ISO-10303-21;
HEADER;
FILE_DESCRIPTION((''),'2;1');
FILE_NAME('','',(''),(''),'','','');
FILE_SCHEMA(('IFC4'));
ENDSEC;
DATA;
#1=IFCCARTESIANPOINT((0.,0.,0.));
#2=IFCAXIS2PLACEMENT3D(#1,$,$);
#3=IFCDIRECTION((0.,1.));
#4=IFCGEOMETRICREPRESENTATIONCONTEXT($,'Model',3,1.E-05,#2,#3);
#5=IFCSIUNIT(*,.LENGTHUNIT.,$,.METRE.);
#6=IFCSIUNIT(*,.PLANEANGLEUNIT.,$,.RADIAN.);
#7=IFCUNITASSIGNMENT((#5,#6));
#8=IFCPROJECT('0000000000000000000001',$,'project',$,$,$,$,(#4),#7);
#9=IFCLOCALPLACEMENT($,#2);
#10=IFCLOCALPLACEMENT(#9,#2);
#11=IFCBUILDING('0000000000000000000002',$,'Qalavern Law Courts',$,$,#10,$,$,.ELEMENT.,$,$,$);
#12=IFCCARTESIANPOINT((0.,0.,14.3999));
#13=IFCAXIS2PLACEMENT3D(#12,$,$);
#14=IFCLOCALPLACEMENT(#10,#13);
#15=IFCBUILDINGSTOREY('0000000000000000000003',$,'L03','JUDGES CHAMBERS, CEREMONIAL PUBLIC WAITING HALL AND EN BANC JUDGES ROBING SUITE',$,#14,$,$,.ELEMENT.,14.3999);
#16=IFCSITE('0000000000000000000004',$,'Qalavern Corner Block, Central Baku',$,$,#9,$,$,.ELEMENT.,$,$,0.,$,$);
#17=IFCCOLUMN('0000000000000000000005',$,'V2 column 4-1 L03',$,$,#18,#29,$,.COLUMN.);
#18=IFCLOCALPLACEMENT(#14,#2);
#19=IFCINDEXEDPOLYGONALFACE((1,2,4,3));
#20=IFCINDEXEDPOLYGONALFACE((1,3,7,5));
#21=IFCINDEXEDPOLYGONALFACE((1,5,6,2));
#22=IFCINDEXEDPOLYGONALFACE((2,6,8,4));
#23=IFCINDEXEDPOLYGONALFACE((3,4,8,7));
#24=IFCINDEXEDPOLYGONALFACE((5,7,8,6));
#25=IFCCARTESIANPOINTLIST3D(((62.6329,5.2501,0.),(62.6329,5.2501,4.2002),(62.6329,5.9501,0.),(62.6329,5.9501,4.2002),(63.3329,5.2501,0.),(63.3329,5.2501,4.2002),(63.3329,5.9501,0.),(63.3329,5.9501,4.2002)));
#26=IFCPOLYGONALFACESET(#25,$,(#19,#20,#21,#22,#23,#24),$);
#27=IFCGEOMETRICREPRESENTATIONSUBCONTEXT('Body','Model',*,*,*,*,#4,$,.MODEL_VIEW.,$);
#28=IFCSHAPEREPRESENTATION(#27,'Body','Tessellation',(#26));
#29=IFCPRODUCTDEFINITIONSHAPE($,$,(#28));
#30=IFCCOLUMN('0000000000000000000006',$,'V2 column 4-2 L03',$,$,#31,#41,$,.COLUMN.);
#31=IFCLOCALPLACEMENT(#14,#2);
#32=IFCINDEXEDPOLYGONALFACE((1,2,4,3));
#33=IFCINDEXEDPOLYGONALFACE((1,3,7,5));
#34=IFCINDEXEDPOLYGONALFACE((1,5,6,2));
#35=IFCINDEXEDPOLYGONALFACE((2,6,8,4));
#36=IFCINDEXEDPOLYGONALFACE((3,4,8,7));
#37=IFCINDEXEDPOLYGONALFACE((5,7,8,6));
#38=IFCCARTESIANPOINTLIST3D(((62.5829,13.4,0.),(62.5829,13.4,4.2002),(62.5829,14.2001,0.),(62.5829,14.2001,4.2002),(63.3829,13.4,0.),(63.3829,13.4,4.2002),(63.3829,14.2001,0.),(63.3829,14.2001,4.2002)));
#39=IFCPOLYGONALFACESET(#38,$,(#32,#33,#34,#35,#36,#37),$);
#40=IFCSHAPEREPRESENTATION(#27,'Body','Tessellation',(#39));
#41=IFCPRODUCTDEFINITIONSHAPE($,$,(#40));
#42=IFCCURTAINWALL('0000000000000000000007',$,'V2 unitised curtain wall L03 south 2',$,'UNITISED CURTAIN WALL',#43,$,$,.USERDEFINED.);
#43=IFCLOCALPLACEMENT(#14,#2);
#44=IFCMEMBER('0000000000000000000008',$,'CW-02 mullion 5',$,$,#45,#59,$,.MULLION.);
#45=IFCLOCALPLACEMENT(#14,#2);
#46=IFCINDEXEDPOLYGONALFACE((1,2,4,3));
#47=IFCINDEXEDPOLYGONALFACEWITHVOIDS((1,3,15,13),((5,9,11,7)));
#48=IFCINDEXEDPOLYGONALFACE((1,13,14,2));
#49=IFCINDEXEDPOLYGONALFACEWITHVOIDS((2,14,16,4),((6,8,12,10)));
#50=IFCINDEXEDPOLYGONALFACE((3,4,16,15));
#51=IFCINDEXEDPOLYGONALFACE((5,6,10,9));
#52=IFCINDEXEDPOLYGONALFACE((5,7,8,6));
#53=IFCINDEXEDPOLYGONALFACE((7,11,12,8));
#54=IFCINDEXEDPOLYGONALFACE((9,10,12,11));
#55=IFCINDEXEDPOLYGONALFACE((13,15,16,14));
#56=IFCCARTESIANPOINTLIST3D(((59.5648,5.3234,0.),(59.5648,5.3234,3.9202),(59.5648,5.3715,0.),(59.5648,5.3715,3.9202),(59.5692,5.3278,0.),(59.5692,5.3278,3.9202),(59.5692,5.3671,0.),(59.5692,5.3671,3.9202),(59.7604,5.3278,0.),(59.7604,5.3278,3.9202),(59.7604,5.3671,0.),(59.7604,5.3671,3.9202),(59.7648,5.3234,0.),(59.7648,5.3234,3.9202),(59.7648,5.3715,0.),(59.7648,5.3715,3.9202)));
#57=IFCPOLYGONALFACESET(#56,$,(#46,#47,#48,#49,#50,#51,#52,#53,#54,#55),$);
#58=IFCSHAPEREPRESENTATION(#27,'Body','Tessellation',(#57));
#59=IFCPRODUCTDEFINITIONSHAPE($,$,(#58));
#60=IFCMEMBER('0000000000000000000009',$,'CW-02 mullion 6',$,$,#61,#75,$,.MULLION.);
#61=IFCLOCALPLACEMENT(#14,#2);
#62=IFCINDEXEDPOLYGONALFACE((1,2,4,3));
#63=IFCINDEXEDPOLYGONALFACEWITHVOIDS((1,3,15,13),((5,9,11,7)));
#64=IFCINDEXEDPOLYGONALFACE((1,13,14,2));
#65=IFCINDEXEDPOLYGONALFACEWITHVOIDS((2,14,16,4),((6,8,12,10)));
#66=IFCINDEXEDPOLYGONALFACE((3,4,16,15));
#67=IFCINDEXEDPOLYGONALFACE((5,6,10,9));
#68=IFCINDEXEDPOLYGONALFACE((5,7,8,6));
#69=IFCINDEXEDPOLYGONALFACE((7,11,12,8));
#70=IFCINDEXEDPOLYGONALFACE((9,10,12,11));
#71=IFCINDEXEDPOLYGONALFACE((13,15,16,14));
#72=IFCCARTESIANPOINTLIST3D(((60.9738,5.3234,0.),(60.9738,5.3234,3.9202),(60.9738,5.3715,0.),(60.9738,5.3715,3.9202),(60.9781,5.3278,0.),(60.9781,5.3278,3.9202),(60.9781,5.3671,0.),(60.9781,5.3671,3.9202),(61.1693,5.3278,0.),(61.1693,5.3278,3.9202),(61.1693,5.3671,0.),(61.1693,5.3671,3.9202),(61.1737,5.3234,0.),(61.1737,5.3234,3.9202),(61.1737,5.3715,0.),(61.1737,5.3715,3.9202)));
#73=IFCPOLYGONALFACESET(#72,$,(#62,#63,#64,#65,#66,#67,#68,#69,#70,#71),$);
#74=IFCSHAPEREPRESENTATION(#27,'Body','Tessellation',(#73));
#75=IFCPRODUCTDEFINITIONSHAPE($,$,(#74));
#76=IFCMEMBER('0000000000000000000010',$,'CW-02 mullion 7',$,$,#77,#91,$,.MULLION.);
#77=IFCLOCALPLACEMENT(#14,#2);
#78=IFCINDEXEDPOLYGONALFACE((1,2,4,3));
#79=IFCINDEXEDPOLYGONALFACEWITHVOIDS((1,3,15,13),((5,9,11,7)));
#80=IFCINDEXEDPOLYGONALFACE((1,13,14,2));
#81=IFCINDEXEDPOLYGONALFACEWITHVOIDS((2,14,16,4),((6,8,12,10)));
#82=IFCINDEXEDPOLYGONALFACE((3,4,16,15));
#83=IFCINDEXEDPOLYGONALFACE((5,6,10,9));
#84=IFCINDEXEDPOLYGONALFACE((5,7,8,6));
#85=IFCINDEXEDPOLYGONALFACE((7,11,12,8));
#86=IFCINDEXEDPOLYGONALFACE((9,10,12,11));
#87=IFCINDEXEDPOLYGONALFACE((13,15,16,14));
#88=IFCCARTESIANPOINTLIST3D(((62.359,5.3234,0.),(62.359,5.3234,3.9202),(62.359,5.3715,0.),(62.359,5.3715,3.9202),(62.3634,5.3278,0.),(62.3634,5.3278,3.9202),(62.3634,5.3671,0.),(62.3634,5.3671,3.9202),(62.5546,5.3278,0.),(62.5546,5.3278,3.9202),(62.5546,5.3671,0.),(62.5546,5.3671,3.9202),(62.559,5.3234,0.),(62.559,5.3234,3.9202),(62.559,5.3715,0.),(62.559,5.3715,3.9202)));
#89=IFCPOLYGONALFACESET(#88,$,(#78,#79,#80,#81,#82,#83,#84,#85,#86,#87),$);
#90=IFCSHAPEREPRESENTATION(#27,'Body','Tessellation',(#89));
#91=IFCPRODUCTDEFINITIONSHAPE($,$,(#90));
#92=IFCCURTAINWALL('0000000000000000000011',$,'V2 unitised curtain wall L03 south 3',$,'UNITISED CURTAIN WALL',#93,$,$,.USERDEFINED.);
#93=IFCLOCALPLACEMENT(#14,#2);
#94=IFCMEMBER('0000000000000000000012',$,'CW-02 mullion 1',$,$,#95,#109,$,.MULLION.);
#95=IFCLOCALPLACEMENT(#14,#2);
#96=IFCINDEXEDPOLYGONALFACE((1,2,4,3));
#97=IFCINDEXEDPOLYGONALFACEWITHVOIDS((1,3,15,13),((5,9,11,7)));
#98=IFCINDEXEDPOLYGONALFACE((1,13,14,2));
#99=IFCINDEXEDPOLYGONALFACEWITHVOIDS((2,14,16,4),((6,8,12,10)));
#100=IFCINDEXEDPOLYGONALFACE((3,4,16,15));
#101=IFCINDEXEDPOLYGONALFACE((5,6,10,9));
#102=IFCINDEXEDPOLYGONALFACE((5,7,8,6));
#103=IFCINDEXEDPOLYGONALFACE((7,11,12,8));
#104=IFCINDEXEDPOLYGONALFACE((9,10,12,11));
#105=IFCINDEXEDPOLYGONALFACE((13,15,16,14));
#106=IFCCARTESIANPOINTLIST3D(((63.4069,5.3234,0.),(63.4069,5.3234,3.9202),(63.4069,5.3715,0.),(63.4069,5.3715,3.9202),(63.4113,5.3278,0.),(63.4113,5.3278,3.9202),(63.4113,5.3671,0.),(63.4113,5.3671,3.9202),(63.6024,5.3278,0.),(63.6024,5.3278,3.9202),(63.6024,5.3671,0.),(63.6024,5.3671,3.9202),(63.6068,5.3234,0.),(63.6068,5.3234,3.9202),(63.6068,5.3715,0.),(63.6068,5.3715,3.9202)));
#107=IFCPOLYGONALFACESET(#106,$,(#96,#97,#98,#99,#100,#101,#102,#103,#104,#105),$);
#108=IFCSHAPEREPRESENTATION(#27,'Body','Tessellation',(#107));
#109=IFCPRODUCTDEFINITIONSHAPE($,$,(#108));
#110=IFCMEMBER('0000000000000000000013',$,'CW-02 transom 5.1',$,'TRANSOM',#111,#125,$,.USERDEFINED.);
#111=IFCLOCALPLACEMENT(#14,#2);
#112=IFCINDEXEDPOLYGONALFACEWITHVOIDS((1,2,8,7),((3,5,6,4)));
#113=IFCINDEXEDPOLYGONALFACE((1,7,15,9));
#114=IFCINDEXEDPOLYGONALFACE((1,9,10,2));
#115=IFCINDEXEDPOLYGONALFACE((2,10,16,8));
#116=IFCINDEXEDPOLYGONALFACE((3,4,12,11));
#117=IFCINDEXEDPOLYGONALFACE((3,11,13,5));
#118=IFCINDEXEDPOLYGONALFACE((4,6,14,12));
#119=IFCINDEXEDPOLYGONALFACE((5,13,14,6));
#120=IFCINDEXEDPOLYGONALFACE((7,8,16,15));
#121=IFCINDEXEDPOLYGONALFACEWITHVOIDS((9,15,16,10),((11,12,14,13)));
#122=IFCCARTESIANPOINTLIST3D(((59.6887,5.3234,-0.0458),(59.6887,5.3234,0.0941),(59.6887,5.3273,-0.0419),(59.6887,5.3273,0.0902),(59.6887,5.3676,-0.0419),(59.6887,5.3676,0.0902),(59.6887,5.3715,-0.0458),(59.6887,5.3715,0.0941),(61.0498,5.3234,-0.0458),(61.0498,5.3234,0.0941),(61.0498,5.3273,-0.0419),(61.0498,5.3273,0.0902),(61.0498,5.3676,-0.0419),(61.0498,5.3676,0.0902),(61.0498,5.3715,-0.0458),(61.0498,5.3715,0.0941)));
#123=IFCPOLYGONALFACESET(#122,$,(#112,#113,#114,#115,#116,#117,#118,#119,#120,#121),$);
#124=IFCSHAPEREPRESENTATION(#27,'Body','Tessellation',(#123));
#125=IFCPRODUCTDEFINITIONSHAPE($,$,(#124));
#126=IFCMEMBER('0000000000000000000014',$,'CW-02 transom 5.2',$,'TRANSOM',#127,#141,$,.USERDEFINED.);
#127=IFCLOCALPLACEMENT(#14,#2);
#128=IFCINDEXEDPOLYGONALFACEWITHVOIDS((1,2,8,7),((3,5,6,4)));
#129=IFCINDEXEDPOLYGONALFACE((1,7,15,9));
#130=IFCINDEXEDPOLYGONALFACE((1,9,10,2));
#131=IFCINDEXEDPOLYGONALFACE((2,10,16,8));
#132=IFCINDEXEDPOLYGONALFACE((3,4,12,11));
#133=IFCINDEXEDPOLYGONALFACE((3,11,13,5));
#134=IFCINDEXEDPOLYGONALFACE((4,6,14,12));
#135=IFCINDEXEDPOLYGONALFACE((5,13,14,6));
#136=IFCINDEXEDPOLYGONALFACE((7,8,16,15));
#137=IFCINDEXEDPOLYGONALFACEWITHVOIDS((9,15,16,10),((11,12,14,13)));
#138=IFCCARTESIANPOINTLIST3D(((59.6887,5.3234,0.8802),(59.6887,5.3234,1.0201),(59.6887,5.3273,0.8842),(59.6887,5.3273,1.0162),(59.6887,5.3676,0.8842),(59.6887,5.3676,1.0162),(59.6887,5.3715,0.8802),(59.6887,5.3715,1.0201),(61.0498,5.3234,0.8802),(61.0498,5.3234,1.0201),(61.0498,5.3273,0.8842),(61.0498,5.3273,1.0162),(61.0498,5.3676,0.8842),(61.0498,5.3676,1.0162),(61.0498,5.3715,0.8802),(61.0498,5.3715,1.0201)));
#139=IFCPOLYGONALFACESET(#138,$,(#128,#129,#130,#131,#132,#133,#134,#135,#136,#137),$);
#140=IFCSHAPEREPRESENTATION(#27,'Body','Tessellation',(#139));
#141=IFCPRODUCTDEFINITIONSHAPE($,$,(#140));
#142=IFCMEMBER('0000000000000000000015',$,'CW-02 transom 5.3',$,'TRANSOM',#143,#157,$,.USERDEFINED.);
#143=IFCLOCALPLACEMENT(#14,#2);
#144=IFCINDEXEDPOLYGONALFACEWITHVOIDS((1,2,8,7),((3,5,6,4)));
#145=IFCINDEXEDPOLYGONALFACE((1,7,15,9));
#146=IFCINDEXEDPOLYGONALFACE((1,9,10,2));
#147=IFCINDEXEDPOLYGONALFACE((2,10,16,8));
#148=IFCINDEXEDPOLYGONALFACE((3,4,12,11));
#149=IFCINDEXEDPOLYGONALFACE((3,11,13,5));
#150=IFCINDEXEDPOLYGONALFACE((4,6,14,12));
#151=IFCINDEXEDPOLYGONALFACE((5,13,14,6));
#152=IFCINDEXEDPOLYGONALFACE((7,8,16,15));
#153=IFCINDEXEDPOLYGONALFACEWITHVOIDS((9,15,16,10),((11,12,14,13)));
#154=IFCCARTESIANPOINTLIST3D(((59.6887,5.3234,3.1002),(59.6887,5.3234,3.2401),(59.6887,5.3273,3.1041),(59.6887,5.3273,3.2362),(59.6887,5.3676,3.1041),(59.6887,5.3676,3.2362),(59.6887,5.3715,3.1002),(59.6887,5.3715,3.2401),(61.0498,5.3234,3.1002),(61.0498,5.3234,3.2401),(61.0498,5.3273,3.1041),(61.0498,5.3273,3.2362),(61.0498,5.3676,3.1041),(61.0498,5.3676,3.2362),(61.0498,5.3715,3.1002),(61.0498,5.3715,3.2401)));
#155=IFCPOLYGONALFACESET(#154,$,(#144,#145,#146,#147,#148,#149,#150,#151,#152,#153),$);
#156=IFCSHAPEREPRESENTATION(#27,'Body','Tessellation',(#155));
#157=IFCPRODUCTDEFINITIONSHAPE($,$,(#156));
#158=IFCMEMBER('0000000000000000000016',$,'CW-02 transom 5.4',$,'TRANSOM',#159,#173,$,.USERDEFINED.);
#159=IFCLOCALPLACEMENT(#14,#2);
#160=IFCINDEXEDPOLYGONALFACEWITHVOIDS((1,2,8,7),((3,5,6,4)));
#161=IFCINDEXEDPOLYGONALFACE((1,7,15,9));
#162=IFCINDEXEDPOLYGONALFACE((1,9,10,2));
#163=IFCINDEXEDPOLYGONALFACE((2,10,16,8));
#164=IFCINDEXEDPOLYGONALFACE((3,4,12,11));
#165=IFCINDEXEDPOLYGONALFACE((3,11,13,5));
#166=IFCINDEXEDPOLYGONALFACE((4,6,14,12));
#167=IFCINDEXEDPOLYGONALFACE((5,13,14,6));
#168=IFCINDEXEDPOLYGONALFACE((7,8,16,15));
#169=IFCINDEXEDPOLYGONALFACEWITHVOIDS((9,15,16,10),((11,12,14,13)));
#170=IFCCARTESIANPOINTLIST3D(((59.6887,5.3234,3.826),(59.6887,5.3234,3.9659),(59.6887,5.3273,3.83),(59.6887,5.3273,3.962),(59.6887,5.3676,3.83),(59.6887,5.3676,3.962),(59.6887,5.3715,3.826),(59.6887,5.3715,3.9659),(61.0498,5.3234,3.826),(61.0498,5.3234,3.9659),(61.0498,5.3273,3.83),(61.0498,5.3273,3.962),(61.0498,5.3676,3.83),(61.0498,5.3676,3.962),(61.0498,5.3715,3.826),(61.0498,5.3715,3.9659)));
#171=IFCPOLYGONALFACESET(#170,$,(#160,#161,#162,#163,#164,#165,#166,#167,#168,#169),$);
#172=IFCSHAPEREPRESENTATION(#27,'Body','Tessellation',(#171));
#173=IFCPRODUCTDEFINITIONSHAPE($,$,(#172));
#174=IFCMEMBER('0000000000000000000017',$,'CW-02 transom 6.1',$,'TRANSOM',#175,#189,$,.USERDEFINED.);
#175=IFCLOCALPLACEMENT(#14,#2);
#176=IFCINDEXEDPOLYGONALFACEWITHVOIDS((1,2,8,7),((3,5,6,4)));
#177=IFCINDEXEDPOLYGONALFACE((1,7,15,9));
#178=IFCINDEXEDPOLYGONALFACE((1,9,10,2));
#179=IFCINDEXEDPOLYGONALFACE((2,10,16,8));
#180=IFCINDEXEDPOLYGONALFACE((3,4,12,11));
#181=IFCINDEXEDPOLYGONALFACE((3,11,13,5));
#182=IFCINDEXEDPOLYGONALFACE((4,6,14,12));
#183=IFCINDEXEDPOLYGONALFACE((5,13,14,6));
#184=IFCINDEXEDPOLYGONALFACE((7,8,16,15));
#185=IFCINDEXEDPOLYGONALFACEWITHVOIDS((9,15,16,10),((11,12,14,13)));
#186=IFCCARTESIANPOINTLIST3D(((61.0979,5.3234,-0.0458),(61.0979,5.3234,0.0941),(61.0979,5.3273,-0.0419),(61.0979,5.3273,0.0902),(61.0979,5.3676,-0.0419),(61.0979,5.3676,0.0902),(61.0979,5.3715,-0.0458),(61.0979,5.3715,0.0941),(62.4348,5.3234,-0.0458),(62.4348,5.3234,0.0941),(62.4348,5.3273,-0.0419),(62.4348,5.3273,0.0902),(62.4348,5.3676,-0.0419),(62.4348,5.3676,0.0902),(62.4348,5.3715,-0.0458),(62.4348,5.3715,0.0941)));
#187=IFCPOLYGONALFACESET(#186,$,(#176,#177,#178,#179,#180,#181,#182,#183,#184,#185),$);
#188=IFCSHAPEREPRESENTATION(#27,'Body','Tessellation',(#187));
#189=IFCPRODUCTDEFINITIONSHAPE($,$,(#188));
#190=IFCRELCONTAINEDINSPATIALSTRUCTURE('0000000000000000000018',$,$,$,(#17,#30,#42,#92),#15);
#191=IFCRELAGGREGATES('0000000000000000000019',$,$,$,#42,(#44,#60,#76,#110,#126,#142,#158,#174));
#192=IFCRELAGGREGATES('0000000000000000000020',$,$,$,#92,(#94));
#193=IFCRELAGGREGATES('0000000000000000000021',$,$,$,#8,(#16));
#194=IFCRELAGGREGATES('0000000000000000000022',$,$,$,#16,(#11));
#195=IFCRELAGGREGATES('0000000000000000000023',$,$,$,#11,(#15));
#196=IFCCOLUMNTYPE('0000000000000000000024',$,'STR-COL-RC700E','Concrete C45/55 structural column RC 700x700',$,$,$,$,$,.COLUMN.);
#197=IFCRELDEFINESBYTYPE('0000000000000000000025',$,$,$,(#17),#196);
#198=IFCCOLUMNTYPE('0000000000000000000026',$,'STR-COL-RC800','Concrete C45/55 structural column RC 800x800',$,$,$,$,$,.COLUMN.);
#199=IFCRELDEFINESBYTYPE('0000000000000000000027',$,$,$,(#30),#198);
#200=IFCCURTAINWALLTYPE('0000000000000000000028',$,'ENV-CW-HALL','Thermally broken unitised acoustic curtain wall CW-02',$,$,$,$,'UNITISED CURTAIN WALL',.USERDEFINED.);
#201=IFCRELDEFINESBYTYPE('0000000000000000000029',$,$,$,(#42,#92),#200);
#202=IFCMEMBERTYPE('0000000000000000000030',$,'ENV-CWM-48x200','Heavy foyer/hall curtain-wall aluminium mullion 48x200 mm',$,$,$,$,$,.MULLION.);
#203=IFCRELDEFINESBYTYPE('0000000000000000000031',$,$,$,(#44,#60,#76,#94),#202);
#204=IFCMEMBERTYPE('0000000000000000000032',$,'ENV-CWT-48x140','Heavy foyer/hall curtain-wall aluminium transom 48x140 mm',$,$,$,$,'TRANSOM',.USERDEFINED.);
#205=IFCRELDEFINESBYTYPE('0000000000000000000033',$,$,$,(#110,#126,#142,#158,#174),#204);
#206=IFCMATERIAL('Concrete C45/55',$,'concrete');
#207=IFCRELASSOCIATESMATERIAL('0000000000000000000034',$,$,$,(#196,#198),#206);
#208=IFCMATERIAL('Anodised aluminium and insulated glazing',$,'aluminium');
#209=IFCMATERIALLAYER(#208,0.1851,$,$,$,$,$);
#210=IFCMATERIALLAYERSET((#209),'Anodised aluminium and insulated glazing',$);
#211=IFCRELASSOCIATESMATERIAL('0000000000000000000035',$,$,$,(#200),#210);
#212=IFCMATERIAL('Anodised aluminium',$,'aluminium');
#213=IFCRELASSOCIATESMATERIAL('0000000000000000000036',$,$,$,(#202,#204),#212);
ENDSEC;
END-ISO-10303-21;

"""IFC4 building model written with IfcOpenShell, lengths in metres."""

from ifc_helpers import new_model, si_unit, direction, frame, origin, origin_2d, place, context, subcontext, project, spatial, rectangle, hollow_rectangle, extrude, material, layer, layer_set, material_profile, profile_set, type_object, element, aggregate, save


model = new_model("IFC4")

# Units and contexts
model_context = context("Model", 3, precision=1e-05, world=origin(), true_north=direction((0.0, 1.0)))
body_context = subcontext(model_context, "Body", "Model", "MODEL_VIEW")
ifc_project = project(units=[si_unit("LENGTHUNIT", "METRE"), si_unit("PLANEANGLEUNIT", "RADIAN")], contexts=[model_context])

# Site, building, storey
site_placement = place(None, origin())
site = spatial("IfcSite", under=ifc_project, at=site_placement, Name="Qalavern Corner Block, Central Baku", CompositionType="ELEMENT", RefElevation=0.0)
building_placement = place(site_placement, origin())
building = spatial("IfcBuilding", under=site, at=building_placement, Name="Qalavern Law Courts", CompositionType="ELEMENT")
storey_placement = place(building_placement, frame((0.0, 0.0, 14.3999)))
storey = spatial("IfcBuildingStorey", under=building, at=storey_placement, Name="L03", Description="JUDGES CHAMBERS, CEREMONIAL PUBLIC WAITING HALL AND EN BANC JUDGES ROBING SUITE", CompositionType="ELEMENT", Elevation=14.3999)

# Columns
ifc_material_1 = material(Name="Concrete C45/55", Category="concrete")
ifc_material_profile_1 = material_profile(ifc_material_1, rectangle(XDim=0.7, YDim=0.7, at=origin_2d()), Name="RC 700x700")
ifc_profile_set_1 = profile_set([ifc_material_profile_1], Name="Concrete C45/55")
column_type_1 = type_object("IfcColumnType", Name="STR-COL-RC700E", Description="Concrete C45/55 structural column RC 700x700", PredefinedType="COLUMN", material=ifc_profile_set_1)
column_1_placement = place(storey_placement, frame((62.9829, 5.6001, 0.0), z_axis=(0.0, 0.0, 1.0), x_axis=(1.0, 0.0, 0.0)))
element("IfcColumn", 1, at=column_1_placement, inside=storey, type_object=column_type_1, Name="V2 column 4-1 L03", PredefinedType="COLUMN", context=body_context, shape_type="SweptSolid", body=[
    extrude(rectangle(XDim=0.7, YDim=0.7, at=origin_2d()), origin(), (0.0, 0.0, 1.0), 4.2002),
])
ifc_material_profile_2 = material_profile(ifc_material_1, rectangle(XDim=0.8, YDim=0.8, at=origin_2d()), Name="RC 800x800")
ifc_profile_set_2 = profile_set([ifc_material_profile_2], Name="Concrete C45/55")
column_type_2 = type_object("IfcColumnType", Name="STR-COL-RC800", Description="Concrete C45/55 structural column RC 800x800", PredefinedType="COLUMN", material=ifc_profile_set_2)
column_2_placement = place(storey_placement, frame((62.9829, 13.8, 0.0), z_axis=(0.0, 0.0, 1.0), x_axis=(1.0, 0.0, 0.0)))
element("IfcColumn", 2, at=column_2_placement, inside=storey, type_object=column_type_2, Name="V2 column 4-2 L03", PredefinedType="COLUMN", context=body_context, shape_type="SweptSolid", body=[
    extrude(rectangle(XDim=0.8, YDim=0.8, at=origin_2d()), origin(), (0.0, 0.0, 1.0), 4.2002),
])

# Curtain wall, members
ifc_material_2 = material(Name="Anodised aluminium and insulated glazing", Category="aluminium")
ifc_layer_1 = layer(ifc_material_2, 0.1851)
ifc_layer_set_1 = layer_set([ifc_layer_1], Name="Anodised aluminium and insulated glazing")
curtain_wall_type = type_object("IfcCurtainWallType", Name="ENV-CW-HALL", Description="Thermally broken unitised acoustic curtain wall CW-02", ElementType="UNITISED CURTAIN WALL", PredefinedType="USERDEFINED", material=ifc_layer_set_1)
curtain_wall_1_placement = place(storey_placement, origin())
curtain_wall_1 = element("IfcCurtainWall", 3, at=curtain_wall_1_placement, inside=storey, type_object=curtain_wall_type, Name="V2 unitised curtain wall L03 south 2", ObjectType="UNITISED CURTAIN WALL", PredefinedType="USERDEFINED")
ifc_material_3 = material(Name="Anodised aluminium", Category="aluminium")
ifc_material_profile_3 = material_profile(ifc_material_3, hollow_rectangle(XDim=0.0481, YDim=0.2, WallThickness=0.0044, at=origin_2d()), Name="ALU MULLION 48x200")
ifc_profile_set_3 = profile_set([ifc_material_profile_3], Name="Anodised aluminium")
member_type_1 = type_object("IfcMemberType", Name="ENV-CWM-48x200", Description="Heavy foyer/hall curtain-wall aluminium mullion 48x200 mm", PredefinedType="MULLION", material=ifc_profile_set_3)
member_1_placement = place(storey_placement, frame((59.6648, 5.3474, 0.0), z_axis=(0.0, 0.0, 1.0), x_axis=(0.0, 1.0, 0.0)))
member_1 = element("IfcMember", 4, at=member_1_placement, type_object=member_type_1, Name="CW-02 mullion 5", PredefinedType="MULLION", context=body_context, shape_type="SweptSolid", body=[
    extrude(hollow_rectangle(XDim=0.0481, YDim=0.2, WallThickness=0.0044, at=origin_2d()), origin(), (0.0, 0.0, 1.0), 3.9202),
])
member_2_placement = place(storey_placement, frame((61.0737, 5.3474, 0.0), z_axis=(0.0, 0.0, 1.0), x_axis=(0.0, 1.0, 0.0)))
member_2 = element("IfcMember", 5, at=member_2_placement, type_object=member_type_1, Name="CW-02 mullion 6", PredefinedType="MULLION", context=body_context, shape_type="SweptSolid", body=[
    extrude(hollow_rectangle(XDim=0.0481, YDim=0.2, WallThickness=0.0044, at=origin_2d()), origin(), (0.0, 0.0, 1.0), 3.9202),
])
member_3_placement = place(storey_placement, frame((62.459, 5.3474, 0.0), z_axis=(0.0, 0.0, 1.0), x_axis=(0.0, 1.0, 0.0)))
member_3 = element("IfcMember", 6, at=member_3_placement, type_object=member_type_1, Name="CW-02 mullion 7", PredefinedType="MULLION", context=body_context, shape_type="SweptSolid", body=[
    extrude(hollow_rectangle(XDim=0.0481, YDim=0.2, WallThickness=0.0044, at=origin_2d()), origin(), (0.0, 0.0, 1.0), 3.9202),
])

# Curtain wall, member
curtain_wall_2_placement = place(storey_placement, origin())
curtain_wall_2 = element("IfcCurtainWall", 7, at=curtain_wall_2_placement, inside=storey, type_object=curtain_wall_type, Name="V2 unitised curtain wall L03 south 3", ObjectType="UNITISED CURTAIN WALL", PredefinedType="USERDEFINED")
member_4_placement = place(storey_placement, frame((63.5068, 5.3474, 0.0), z_axis=(0.0, 0.0, 1.0), x_axis=(0.0, 1.0, 0.0)))
member_4 = element("IfcMember", 8, at=member_4_placement, type_object=member_type_1, Name="CW-02 mullion 1", PredefinedType="MULLION", context=body_context, shape_type="SweptSolid", body=[
    extrude(hollow_rectangle(XDim=0.0481, YDim=0.2, WallThickness=0.0044, at=origin_2d()), origin(), (0.0, 0.0, 1.0), 3.9202),
])

# Members
ifc_material_profile_4 = material_profile(ifc_material_3, hollow_rectangle(XDim=0.0481, YDim=0.1399, WallThickness=0.0039, at=origin_2d()), Name="ALU TRANSOM 48x140")
ifc_profile_set_4 = profile_set([ifc_material_profile_4], Name="Anodised aluminium")
member_type_2 = type_object("IfcMemberType", Name="ENV-CWT-48x140", Description="Heavy foyer/hall curtain-wall aluminium transom 48x140 mm", ElementType="TRANSOM", PredefinedType="USERDEFINED", material=ifc_profile_set_4)
member_5_placement = place(storey_placement, frame((59.6887, 5.3474, 0.0242), z_axis=(1.0, 0.0, 0.0), x_axis=(0.0, 1.0, 0.0)))
member_5 = element("IfcMember", 9, at=member_5_placement, type_object=member_type_2, Name="CW-02 transom 5.1", ObjectType="TRANSOM", PredefinedType="USERDEFINED", context=body_context, shape_type="SweptSolid", body=[
    extrude(hollow_rectangle(XDim=0.0481, YDim=0.1399, WallThickness=0.0039, at=origin_2d()), origin(), (0.0, 0.0, 1.0), 1.3611),
])
member_6_placement = place(storey_placement, frame((59.6887, 5.3474, 0.9502), z_axis=(1.0, 0.0, 0.0), x_axis=(0.0, 1.0, 0.0)))
member_6 = element("IfcMember", 10, at=member_6_placement, type_object=member_type_2, Name="CW-02 transom 5.2", ObjectType="TRANSOM", PredefinedType="USERDEFINED", context=body_context, shape_type="SweptSolid", body=[
    extrude(hollow_rectangle(XDim=0.0481, YDim=0.1399, WallThickness=0.0039, at=origin_2d()), origin(), (0.0, 0.0, 1.0), 1.3611),
])
member_7_placement = place(storey_placement, frame((59.6887, 5.3474, 3.1702), z_axis=(1.0, 0.0, 0.0), x_axis=(0.0, 1.0, 0.0)))
member_7 = element("IfcMember", 11, at=member_7_placement, type_object=member_type_2, Name="CW-02 transom 5.3", ObjectType="TRANSOM", PredefinedType="USERDEFINED", context=body_context, shape_type="SweptSolid", body=[
    extrude(hollow_rectangle(XDim=0.0481, YDim=0.1399, WallThickness=0.0039, at=origin_2d()), origin(), (0.0, 0.0, 1.0), 1.3611),
])
member_8_placement = place(storey_placement, frame((59.6887, 5.3474, 3.896), z_axis=(1.0, 0.0, 0.0), x_axis=(0.0, 1.0, 0.0)))
member_8 = element("IfcMember", 12, at=member_8_placement, type_object=member_type_2, Name="CW-02 transom 5.4", ObjectType="TRANSOM", PredefinedType="USERDEFINED", context=body_context, shape_type="SweptSolid", body=[
    extrude(hollow_rectangle(XDim=0.0481, YDim=0.1399, WallThickness=0.0039, at=origin_2d()), origin(), (0.0, 0.0, 1.0), 1.3611),
])
member_9_placement = place(storey_placement, frame((61.0979, 5.3474, 0.0242), z_axis=(1.0, 0.0, 0.0), x_axis=(0.0, 1.0, 0.0)))
member_9 = element("IfcMember", 13, at=member_9_placement, type_object=member_type_2, Name="CW-02 transom 6.1", ObjectType="TRANSOM", PredefinedType="USERDEFINED", context=body_context, shape_type="SweptSolid", body=[
    extrude(hollow_rectangle(XDim=0.0481, YDim=0.1399, WallThickness=0.0039, at=origin_2d()), origin(), (0.0, 0.0, 1.0), 1.3369),
])

aggregate(curtain_wall_1, [member_1, member_2, member_3, member_5, member_6, member_7, member_8, member_9])
aggregate(curtain_wall_2, [member_4])

save(model, "model.ifc")
